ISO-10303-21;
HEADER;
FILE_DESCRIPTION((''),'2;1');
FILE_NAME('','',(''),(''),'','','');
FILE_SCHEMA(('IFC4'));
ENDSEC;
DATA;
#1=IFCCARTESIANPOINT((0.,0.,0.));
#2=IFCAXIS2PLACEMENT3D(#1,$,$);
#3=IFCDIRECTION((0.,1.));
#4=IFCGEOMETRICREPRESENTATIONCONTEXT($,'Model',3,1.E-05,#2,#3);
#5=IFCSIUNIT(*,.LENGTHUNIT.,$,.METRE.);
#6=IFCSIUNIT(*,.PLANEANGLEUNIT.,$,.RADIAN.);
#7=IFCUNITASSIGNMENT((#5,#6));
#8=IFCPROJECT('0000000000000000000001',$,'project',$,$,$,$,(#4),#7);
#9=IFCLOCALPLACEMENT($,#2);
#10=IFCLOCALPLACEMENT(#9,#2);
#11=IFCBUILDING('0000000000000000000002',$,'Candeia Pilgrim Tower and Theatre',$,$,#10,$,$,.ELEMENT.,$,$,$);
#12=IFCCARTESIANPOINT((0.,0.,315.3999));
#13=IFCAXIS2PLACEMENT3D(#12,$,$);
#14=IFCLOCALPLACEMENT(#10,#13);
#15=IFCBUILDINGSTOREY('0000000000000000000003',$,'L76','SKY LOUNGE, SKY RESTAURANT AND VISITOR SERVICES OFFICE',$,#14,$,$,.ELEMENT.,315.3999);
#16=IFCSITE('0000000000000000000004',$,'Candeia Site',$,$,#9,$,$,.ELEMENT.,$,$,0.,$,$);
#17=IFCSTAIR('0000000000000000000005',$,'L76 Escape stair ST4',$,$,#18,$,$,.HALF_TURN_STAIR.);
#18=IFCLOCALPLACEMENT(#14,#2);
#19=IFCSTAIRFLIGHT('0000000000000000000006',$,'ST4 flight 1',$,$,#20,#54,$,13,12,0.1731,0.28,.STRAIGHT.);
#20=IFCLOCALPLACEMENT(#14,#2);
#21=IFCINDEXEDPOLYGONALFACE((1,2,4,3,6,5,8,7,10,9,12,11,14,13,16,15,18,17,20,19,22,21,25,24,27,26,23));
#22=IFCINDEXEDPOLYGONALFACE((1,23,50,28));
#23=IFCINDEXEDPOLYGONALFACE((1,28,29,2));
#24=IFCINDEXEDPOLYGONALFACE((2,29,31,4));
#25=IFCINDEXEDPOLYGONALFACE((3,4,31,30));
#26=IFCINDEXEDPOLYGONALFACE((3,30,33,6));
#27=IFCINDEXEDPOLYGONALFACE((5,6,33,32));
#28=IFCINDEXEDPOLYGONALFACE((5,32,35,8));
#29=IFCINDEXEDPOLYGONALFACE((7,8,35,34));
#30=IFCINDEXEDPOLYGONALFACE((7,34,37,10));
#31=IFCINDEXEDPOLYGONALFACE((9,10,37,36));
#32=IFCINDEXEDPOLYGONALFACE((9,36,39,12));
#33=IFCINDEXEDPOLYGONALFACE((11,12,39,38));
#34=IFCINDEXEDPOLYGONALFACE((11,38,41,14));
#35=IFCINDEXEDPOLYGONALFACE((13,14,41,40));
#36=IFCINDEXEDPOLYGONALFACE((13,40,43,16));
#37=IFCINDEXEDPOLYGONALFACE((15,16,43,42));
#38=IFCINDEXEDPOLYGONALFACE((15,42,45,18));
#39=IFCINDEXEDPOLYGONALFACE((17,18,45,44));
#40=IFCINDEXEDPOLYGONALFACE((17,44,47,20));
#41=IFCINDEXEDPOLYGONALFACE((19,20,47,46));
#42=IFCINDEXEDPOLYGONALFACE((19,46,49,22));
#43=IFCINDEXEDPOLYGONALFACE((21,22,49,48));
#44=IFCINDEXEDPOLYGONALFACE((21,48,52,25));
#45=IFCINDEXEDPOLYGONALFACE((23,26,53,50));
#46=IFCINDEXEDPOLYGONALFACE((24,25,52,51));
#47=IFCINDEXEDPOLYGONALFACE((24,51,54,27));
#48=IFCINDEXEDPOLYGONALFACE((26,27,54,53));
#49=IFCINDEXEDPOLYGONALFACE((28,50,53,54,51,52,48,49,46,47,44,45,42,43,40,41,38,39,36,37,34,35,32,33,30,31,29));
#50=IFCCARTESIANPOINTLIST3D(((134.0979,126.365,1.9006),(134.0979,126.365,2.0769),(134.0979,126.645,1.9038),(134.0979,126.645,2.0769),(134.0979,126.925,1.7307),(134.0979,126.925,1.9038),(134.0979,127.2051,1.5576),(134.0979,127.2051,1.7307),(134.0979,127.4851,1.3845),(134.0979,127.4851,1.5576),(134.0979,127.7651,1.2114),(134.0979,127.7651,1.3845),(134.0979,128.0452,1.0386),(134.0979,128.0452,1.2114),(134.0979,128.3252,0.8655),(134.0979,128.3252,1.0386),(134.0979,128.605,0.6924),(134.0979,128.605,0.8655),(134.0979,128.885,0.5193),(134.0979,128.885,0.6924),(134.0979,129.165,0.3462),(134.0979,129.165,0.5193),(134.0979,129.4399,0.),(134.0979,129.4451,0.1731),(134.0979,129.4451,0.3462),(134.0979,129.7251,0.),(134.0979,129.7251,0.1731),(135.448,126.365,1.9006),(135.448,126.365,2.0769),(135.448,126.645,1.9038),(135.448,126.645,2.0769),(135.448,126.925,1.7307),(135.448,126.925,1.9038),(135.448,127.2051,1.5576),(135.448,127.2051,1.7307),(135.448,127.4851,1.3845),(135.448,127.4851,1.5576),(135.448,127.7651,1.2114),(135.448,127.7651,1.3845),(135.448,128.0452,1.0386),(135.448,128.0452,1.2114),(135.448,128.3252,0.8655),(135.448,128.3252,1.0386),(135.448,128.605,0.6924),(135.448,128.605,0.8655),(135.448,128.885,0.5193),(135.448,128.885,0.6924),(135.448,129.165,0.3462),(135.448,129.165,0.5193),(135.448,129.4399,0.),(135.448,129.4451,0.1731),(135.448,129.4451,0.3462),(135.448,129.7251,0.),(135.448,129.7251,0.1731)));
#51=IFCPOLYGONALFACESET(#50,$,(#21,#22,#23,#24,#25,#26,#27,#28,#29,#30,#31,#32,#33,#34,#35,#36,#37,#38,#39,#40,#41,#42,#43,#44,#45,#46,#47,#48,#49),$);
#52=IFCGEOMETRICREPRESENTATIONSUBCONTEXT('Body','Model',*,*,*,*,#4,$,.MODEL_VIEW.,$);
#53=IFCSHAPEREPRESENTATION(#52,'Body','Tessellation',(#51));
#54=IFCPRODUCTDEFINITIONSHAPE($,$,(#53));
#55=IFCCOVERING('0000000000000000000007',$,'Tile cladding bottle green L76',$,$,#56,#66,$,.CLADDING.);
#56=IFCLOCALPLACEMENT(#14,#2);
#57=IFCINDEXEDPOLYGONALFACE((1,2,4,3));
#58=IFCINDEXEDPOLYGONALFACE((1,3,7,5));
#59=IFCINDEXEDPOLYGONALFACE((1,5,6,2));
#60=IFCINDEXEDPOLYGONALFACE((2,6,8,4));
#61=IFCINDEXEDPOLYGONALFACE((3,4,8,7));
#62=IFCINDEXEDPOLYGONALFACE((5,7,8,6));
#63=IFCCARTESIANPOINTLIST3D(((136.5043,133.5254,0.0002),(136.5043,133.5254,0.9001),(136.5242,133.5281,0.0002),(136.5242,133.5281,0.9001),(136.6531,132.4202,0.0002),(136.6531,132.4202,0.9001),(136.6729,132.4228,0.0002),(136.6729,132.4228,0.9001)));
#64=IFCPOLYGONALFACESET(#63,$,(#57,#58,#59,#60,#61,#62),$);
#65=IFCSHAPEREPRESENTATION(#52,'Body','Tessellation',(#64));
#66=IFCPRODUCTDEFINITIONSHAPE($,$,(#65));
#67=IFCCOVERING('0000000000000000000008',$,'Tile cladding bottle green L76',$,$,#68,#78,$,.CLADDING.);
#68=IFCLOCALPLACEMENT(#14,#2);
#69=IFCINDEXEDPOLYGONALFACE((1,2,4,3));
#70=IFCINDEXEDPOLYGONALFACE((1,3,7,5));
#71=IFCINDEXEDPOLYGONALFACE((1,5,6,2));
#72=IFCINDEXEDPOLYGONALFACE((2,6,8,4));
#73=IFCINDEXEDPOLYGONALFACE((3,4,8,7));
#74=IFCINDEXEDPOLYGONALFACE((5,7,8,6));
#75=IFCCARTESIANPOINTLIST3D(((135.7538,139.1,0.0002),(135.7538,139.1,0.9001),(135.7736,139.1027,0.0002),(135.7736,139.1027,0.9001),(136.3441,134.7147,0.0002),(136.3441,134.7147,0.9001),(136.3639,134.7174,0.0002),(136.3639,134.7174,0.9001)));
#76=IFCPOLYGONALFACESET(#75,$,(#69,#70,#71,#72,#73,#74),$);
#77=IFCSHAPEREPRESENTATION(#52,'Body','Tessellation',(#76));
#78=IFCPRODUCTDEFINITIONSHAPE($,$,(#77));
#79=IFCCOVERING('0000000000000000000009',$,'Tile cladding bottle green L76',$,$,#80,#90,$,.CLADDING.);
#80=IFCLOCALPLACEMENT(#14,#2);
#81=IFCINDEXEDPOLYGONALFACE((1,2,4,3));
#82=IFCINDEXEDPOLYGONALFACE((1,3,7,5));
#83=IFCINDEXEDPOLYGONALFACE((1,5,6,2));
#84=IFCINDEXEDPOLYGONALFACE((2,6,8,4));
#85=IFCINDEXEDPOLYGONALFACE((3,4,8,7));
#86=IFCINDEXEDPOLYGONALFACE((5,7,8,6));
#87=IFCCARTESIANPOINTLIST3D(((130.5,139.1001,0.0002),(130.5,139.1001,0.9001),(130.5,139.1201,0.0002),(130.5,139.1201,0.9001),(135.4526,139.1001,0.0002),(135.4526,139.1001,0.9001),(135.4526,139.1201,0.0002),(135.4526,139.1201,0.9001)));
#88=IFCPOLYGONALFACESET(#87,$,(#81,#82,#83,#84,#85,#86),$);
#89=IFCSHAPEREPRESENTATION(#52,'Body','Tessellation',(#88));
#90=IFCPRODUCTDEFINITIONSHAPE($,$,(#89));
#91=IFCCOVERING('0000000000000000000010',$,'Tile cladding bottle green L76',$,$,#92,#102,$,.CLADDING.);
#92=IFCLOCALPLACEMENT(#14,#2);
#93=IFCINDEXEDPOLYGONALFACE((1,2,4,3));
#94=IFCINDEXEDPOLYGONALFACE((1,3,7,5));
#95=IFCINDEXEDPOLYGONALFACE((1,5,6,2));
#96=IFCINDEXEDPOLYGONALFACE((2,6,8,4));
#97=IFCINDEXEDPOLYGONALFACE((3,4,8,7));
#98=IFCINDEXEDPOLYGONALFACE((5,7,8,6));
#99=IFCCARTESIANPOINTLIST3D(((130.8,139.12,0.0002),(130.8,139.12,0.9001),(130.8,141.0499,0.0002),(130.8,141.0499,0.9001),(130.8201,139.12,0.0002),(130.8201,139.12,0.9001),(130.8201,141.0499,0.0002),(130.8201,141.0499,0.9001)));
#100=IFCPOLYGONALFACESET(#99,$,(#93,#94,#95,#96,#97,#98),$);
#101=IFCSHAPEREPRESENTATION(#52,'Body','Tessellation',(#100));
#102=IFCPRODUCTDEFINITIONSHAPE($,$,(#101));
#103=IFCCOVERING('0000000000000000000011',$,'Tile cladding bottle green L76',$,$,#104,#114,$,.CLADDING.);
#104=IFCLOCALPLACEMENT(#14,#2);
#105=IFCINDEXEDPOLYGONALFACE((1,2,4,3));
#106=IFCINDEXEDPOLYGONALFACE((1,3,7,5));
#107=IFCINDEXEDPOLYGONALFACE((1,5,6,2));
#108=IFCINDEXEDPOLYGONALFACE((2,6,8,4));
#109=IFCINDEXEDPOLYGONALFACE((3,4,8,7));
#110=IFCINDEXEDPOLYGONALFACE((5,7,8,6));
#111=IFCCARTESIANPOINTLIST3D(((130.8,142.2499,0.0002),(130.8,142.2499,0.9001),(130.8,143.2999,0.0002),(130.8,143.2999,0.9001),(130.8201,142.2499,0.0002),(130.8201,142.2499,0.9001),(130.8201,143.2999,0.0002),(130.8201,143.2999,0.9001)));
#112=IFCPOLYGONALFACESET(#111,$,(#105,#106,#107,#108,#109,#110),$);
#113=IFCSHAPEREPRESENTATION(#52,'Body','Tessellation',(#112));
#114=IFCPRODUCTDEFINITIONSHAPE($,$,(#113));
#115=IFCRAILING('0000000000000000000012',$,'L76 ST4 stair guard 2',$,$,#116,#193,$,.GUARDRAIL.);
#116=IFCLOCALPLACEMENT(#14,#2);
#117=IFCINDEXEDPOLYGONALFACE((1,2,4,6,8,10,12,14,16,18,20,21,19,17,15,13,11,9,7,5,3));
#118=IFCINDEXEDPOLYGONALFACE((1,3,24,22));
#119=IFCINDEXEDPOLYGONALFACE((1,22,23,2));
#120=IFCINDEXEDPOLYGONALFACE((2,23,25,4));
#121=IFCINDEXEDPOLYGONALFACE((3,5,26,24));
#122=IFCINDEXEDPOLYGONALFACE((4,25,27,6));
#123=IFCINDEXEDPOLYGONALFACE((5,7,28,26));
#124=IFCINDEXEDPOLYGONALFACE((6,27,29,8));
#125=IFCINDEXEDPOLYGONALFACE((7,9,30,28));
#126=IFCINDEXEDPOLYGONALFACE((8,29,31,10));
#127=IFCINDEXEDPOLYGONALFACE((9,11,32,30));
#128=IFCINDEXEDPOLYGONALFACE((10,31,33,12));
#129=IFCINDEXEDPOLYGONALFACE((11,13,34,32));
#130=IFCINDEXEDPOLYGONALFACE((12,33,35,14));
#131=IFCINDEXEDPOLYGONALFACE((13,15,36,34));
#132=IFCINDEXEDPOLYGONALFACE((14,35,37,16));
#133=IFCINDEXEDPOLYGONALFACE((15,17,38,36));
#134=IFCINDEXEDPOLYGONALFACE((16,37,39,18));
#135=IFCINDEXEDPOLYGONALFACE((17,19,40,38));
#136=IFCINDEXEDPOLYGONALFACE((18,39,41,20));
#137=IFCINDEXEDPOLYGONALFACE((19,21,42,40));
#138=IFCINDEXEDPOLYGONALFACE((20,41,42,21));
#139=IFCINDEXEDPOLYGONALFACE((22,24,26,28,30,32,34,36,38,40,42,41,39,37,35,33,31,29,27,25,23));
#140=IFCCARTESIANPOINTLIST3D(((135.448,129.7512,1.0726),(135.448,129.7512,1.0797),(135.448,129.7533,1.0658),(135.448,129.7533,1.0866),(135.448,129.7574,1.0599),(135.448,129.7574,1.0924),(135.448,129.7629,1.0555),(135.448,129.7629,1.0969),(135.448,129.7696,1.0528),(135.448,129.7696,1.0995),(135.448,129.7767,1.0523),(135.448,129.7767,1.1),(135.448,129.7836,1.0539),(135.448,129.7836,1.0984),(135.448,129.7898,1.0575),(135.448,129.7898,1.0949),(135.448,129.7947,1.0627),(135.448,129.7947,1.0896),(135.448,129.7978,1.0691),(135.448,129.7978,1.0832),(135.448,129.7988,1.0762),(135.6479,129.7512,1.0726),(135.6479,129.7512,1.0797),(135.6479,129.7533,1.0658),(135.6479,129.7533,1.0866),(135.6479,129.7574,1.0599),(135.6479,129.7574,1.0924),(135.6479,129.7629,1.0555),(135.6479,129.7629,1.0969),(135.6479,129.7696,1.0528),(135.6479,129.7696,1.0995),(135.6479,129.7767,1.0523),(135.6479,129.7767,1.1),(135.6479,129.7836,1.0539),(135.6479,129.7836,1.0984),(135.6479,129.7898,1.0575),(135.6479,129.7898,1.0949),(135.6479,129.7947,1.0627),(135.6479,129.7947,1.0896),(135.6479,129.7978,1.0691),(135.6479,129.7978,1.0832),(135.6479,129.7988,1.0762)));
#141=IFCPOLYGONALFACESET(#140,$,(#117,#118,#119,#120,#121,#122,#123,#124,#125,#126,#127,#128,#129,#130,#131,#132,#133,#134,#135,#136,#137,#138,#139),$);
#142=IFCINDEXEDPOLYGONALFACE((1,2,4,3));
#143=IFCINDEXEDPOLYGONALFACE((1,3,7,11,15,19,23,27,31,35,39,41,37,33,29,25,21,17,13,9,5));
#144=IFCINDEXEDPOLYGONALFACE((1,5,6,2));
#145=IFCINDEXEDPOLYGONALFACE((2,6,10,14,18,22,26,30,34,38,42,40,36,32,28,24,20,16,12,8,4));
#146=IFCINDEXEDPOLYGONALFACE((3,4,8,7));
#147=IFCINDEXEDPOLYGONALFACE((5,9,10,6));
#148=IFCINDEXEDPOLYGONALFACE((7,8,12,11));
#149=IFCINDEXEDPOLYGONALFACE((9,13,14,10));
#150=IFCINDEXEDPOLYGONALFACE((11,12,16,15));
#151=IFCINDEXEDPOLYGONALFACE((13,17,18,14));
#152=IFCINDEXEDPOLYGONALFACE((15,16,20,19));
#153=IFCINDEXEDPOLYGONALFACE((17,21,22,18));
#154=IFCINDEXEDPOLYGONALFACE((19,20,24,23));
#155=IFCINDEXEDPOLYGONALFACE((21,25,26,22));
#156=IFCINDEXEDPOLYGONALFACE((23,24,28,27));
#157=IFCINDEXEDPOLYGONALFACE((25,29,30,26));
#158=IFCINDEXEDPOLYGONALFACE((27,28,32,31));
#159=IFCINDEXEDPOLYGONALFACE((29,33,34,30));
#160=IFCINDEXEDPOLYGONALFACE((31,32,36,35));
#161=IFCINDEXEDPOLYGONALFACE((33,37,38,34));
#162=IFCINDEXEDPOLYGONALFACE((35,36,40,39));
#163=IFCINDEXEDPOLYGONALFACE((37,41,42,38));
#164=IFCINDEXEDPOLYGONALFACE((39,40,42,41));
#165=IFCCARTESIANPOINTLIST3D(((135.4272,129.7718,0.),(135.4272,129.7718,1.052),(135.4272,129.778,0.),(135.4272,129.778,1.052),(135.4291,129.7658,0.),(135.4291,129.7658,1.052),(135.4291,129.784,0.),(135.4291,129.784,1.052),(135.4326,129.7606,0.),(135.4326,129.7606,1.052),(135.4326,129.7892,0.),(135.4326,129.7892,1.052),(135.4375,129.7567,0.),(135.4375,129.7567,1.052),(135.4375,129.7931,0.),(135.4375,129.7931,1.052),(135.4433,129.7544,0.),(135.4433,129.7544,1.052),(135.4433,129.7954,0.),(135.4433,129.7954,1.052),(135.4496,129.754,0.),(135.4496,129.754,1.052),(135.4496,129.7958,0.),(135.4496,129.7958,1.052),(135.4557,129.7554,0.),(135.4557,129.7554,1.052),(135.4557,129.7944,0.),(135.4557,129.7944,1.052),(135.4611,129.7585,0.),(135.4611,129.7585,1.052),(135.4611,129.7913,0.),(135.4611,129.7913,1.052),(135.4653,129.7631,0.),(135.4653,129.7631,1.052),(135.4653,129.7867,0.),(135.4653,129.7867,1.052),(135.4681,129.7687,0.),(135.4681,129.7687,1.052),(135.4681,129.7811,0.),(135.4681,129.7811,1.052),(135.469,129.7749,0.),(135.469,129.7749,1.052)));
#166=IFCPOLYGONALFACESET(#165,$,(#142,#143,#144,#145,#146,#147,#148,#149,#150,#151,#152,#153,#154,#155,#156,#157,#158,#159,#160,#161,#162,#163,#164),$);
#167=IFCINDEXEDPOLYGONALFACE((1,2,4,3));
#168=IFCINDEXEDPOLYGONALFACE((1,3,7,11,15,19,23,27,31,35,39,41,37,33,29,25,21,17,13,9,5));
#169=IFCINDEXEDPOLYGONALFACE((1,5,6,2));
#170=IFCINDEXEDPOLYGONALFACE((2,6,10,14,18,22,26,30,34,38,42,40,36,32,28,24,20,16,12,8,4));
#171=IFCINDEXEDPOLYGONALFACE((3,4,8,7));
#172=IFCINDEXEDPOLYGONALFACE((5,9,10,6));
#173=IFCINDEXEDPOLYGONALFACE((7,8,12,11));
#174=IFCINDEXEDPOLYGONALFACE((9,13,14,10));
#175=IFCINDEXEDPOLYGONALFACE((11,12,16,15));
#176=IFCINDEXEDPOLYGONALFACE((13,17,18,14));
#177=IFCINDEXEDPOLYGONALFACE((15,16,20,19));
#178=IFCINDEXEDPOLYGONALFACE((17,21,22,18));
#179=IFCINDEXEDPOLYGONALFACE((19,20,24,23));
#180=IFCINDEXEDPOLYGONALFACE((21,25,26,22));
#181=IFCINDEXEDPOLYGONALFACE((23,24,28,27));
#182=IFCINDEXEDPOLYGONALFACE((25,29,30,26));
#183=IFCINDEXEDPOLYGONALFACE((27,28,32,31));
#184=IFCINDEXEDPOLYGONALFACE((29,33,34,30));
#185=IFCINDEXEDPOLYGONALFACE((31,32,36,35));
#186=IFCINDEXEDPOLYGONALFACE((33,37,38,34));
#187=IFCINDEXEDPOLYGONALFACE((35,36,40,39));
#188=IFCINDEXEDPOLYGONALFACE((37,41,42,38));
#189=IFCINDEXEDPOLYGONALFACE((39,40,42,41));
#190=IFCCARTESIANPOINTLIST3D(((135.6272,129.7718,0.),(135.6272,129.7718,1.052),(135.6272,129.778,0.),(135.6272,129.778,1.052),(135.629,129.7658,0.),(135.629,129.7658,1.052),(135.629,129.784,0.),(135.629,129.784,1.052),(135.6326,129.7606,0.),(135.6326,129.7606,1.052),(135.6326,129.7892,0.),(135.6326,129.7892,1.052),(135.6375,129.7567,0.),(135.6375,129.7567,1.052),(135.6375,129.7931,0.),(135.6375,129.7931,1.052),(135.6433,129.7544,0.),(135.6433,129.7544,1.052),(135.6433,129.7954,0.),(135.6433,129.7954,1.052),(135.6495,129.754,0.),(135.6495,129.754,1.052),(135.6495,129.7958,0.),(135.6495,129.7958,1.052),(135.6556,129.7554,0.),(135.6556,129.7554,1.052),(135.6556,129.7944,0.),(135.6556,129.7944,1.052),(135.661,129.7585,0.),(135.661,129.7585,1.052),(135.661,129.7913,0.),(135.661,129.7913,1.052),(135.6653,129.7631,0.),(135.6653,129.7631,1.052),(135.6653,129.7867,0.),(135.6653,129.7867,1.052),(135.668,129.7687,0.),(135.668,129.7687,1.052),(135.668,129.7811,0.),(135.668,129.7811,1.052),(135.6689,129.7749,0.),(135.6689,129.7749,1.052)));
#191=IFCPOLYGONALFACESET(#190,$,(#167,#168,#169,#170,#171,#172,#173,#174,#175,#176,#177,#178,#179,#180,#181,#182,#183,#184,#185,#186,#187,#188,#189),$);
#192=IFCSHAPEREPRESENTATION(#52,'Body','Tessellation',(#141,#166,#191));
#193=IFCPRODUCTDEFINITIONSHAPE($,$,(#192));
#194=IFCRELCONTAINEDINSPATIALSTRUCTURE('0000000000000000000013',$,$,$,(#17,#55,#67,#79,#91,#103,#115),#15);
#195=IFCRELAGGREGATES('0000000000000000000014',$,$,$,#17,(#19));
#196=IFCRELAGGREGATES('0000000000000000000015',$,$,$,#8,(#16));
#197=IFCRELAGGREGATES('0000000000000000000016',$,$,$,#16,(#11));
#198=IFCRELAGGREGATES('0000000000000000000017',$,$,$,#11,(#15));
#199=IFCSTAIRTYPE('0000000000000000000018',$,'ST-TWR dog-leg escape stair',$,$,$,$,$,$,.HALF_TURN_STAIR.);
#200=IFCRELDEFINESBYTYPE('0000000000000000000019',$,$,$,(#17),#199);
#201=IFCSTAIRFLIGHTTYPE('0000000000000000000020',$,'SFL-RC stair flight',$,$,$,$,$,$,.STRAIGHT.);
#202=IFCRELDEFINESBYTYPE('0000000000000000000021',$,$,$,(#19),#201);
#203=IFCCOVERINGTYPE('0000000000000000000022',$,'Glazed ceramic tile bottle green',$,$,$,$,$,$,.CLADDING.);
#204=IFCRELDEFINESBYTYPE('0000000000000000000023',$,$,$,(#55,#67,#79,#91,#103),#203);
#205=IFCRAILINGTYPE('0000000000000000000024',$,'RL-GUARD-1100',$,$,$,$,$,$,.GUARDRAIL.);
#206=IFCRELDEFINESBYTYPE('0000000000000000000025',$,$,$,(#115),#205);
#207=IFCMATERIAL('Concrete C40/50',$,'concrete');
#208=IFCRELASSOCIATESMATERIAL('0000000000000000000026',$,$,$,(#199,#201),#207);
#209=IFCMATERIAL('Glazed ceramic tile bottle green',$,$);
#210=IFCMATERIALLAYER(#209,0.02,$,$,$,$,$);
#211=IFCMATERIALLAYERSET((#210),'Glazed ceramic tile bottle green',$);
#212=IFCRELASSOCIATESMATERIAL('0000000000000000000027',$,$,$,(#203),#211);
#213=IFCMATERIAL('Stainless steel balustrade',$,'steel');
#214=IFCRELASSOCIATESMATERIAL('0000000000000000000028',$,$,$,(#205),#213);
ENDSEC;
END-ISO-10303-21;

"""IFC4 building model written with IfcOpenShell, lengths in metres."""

from ifc_helpers import new_model, si_unit, direction, frame, origin, origin_2d, place, context, subcontext, project, spatial, polyline, rectangle, circle, outline, extrude, material, layer, layer_set, type_object, element, aggregate, save


model = new_model("IFC4")

# Units and contexts
model_context = context("Model", 3, precision=1e-05, world=origin(), true_north=direction((0.0, 1.0)))
body_context = subcontext(model_context, "Body", "Model", "MODEL_VIEW")
ifc_project = project(units=[si_unit("LENGTHUNIT", "METRE"), si_unit("PLANEANGLEUNIT", "RADIAN")], contexts=[model_context])

# Site, building, storey
site_placement = place(None, origin())
site = spatial("IfcSite", under=ifc_project, at=site_placement, Name="Candeia Site", CompositionType="ELEMENT", RefElevation=0.0)
building_placement = place(site_placement, origin())
building = spatial("IfcBuilding", under=site, at=building_placement, Name="Candeia Pilgrim Tower and Theatre", CompositionType="ELEMENT")
storey_placement = place(building_placement, frame((0.0, 0.0, 315.3999)))
storey = spatial("IfcBuildingStorey", under=building, at=storey_placement, Name="L76", Description="SKY LOUNGE, SKY RESTAURANT AND VISITOR SERVICES OFFICE", CompositionType="ELEMENT", Elevation=315.3999)

# Shared definitions
ifc_material_1 = material(Name="Concrete C40/50", Category="concrete")

# Stair, stair flight
stair_type = type_object("IfcStairType", Name="ST-TWR dog-leg escape stair", PredefinedType="HALF_TURN_STAIR", material=ifc_material_1)
stair_placement = place(storey_placement, origin())
stair = element("IfcStair", 1, at=stair_placement, inside=storey, type_object=stair_type, Name="L76 Escape stair ST4", PredefinedType="HALF_TURN_STAIR")
stair_flight_type = type_object("IfcStairFlightType", Name="SFL-RC stair flight", PredefinedType="STRAIGHT", material=ifc_material_1)
stair_flight_placement = place(storey_placement, frame((134.7729, 129.7251, 0.0), z_axis=(0.0, 0.0, 1.0), x_axis=(0.0, -1.0, 0.0)))
stair_flight = element("IfcStairFlight", 2, at=stair_flight_placement, type_object=stair_flight_type, Name="ST4 flight 1", NumberOfRisers=13, NumberOfTreads=12, PredefinedType="STRAIGHT", RiserHeight=0.1731, TreadLength=0.28, context=body_context, shape_type="SweptSolid", body=[
    extrude(outline(polyline([(0.0, 0.0), (0.0, 0.1731), (0.28, 0.1731), (0.28, 0.3462), (0.5601, 0.3462), (0.5601, 0.5193), (0.8401, 0.5193), (0.8401, 0.6924), (1.1201, 0.6924), (1.1201, 0.8655), (1.3999, 0.8655), (1.3999, 1.0386), (1.6799, 1.0386), (1.6799, 1.2114), (1.96, 1.2114), (1.96, 1.3845), (2.24, 1.3845), (2.24, 1.5576), (2.52, 1.5576), (2.52, 1.7307), (2.8, 1.7307), (2.8, 1.9038), (3.0801, 1.9038), (3.0801, 2.0769), (3.3601, 2.0769), (3.3601, 2.25), (3.3601, 1.9006), (0.2852, 0.0), (0.0, 0.0)])), frame((0.0, 0.675, 0.0), z_axis=(0.0, -1.0, 0.0), x_axis=(1.0, 0.0, 0.0)), (0.0, 0.0, 1.0), 1.3501),
])
aggregate(stair, [stair_flight])

# Coverings
ifc_material_2 = material(Name="Glazed ceramic tile bottle green")
ifc_layer_1 = layer(ifc_material_2, 0.02)
ifc_layer_set_1 = layer_set([ifc_layer_1], Name="Glazed ceramic tile bottle green")
covering_type = type_object("IfcCoveringType", Name="Glazed ceramic tile bottle green", PredefinedType="CLADDING", material=ifc_layer_set_1)
covering_1_placement = place(storey_placement, frame((136.5886, 132.9741, 0.0002), z_axis=(0.0, 0.0, 1.0), x_axis=(-0.133412, 0.991061, 0.0)))
element("IfcCovering", 3, at=covering_1_placement, inside=storey, type_object=covering_type, Name="Tile cladding bottle green L76", PredefinedType="CLADDING", context=body_context, shape_type="SweptSolid", body=[
    extrude(rectangle(XDim=1.1152, YDim=0.02, at=origin_2d()), origin(), (0.0, 0.0, 1.0), 0.8999),
])
covering_2_placement = place(storey_placement, frame((136.0588, 136.9087, 0.0002), z_axis=(0.0, 0.0, 1.0), x_axis=(-0.133412, 0.991061, 0.0)))
element("IfcCovering", 4, at=covering_2_placement, inside=storey, type_object=covering_type, Name="Tile cladding bottle green L76", PredefinedType="CLADDING", context=body_context, shape_type="SweptSolid", body=[
    extrude(rectangle(XDim=4.4248, YDim=0.02, at=origin_2d()), origin(), (0.0, 0.0, 1.0), 0.8999),
])
covering_3_placement = place(storey_placement, frame((132.9763, 139.1101, 0.0002), z_axis=(0.0, 0.0, 1.0), x_axis=(-1.0, 0.0, 0.0)))
element("IfcCovering", 5, at=covering_3_placement, inside=storey, type_object=covering_type, Name="Tile cladding bottle green L76", PredefinedType="CLADDING", context=body_context, shape_type="SweptSolid", body=[
    extrude(rectangle(XDim=4.9526, YDim=0.02, at=origin_2d()), origin(), (0.0, 0.0, 1.0), 0.8999),
])
covering_4_placement = place(storey_placement, frame((130.8101, 140.085, 0.0002), z_axis=(0.0, 0.0, 1.0), x_axis=(0.0, 1.0, 0.0)))
element("IfcCovering", 6, at=covering_4_placement, inside=storey, type_object=covering_type, Name="Tile cladding bottle green L76", PredefinedType="CLADDING", context=body_context, shape_type="SweptSolid", body=[
    extrude(rectangle(XDim=1.9299, YDim=0.02, at=origin_2d()), origin(), (0.0, 0.0, 1.0), 0.8999),
])
covering_5_placement = place(storey_placement, frame((130.8101, 142.7749, 0.0002), z_axis=(0.0, 0.0, 1.0), x_axis=(0.0, 1.0, 0.0)))
element("IfcCovering", 7, at=covering_5_placement, inside=storey, type_object=covering_type, Name="Tile cladding bottle green L76", PredefinedType="CLADDING", context=body_context, shape_type="SweptSolid", body=[
    extrude(rectangle(XDim=1.05, YDim=0.02, at=origin_2d()), origin(), (0.0, 0.0, 1.0), 0.8999),
])

# Railing
ifc_material_3 = material(Name="Stainless steel balustrade", Category="steel")
railing_type_1 = type_object("IfcRailingType", Name="RL-GUARD-1100", PredefinedType="GUARDRAIL", material=ifc_material_3)
railing_1_placement = place(storey_placement, frame((135.448, 129.7749, 0.0)))
element("IfcRailing", 8, at=railing_1_placement, inside=storey, type_object=railing_type_1, Name="L76 ST4 stair guard 2", PredefinedType="GUARDRAIL", context=body_context, shape_type="SweptSolid", body=[
    extrude(circle(Radius=0.0239, at=origin_2d()), frame((0.0, 0.0, 1.0762), z_axis=(1.0, 0.0, 0.0), x_axis=(0.0, 1.0, 0.0)), (0.0, 0.0, 1.0), 0.2),
    extrude(circle(Radius=0.021, at=origin_2d()), origin(), (0.0, 0.0, 1.0), 1.052),
    extrude(circle(Radius=0.021, at=origin_2d()), frame((0.2, 0.0, 0.0)), (0.0, 0.0, 1.0), 1.052),
])

save(model, "model.ifc")
